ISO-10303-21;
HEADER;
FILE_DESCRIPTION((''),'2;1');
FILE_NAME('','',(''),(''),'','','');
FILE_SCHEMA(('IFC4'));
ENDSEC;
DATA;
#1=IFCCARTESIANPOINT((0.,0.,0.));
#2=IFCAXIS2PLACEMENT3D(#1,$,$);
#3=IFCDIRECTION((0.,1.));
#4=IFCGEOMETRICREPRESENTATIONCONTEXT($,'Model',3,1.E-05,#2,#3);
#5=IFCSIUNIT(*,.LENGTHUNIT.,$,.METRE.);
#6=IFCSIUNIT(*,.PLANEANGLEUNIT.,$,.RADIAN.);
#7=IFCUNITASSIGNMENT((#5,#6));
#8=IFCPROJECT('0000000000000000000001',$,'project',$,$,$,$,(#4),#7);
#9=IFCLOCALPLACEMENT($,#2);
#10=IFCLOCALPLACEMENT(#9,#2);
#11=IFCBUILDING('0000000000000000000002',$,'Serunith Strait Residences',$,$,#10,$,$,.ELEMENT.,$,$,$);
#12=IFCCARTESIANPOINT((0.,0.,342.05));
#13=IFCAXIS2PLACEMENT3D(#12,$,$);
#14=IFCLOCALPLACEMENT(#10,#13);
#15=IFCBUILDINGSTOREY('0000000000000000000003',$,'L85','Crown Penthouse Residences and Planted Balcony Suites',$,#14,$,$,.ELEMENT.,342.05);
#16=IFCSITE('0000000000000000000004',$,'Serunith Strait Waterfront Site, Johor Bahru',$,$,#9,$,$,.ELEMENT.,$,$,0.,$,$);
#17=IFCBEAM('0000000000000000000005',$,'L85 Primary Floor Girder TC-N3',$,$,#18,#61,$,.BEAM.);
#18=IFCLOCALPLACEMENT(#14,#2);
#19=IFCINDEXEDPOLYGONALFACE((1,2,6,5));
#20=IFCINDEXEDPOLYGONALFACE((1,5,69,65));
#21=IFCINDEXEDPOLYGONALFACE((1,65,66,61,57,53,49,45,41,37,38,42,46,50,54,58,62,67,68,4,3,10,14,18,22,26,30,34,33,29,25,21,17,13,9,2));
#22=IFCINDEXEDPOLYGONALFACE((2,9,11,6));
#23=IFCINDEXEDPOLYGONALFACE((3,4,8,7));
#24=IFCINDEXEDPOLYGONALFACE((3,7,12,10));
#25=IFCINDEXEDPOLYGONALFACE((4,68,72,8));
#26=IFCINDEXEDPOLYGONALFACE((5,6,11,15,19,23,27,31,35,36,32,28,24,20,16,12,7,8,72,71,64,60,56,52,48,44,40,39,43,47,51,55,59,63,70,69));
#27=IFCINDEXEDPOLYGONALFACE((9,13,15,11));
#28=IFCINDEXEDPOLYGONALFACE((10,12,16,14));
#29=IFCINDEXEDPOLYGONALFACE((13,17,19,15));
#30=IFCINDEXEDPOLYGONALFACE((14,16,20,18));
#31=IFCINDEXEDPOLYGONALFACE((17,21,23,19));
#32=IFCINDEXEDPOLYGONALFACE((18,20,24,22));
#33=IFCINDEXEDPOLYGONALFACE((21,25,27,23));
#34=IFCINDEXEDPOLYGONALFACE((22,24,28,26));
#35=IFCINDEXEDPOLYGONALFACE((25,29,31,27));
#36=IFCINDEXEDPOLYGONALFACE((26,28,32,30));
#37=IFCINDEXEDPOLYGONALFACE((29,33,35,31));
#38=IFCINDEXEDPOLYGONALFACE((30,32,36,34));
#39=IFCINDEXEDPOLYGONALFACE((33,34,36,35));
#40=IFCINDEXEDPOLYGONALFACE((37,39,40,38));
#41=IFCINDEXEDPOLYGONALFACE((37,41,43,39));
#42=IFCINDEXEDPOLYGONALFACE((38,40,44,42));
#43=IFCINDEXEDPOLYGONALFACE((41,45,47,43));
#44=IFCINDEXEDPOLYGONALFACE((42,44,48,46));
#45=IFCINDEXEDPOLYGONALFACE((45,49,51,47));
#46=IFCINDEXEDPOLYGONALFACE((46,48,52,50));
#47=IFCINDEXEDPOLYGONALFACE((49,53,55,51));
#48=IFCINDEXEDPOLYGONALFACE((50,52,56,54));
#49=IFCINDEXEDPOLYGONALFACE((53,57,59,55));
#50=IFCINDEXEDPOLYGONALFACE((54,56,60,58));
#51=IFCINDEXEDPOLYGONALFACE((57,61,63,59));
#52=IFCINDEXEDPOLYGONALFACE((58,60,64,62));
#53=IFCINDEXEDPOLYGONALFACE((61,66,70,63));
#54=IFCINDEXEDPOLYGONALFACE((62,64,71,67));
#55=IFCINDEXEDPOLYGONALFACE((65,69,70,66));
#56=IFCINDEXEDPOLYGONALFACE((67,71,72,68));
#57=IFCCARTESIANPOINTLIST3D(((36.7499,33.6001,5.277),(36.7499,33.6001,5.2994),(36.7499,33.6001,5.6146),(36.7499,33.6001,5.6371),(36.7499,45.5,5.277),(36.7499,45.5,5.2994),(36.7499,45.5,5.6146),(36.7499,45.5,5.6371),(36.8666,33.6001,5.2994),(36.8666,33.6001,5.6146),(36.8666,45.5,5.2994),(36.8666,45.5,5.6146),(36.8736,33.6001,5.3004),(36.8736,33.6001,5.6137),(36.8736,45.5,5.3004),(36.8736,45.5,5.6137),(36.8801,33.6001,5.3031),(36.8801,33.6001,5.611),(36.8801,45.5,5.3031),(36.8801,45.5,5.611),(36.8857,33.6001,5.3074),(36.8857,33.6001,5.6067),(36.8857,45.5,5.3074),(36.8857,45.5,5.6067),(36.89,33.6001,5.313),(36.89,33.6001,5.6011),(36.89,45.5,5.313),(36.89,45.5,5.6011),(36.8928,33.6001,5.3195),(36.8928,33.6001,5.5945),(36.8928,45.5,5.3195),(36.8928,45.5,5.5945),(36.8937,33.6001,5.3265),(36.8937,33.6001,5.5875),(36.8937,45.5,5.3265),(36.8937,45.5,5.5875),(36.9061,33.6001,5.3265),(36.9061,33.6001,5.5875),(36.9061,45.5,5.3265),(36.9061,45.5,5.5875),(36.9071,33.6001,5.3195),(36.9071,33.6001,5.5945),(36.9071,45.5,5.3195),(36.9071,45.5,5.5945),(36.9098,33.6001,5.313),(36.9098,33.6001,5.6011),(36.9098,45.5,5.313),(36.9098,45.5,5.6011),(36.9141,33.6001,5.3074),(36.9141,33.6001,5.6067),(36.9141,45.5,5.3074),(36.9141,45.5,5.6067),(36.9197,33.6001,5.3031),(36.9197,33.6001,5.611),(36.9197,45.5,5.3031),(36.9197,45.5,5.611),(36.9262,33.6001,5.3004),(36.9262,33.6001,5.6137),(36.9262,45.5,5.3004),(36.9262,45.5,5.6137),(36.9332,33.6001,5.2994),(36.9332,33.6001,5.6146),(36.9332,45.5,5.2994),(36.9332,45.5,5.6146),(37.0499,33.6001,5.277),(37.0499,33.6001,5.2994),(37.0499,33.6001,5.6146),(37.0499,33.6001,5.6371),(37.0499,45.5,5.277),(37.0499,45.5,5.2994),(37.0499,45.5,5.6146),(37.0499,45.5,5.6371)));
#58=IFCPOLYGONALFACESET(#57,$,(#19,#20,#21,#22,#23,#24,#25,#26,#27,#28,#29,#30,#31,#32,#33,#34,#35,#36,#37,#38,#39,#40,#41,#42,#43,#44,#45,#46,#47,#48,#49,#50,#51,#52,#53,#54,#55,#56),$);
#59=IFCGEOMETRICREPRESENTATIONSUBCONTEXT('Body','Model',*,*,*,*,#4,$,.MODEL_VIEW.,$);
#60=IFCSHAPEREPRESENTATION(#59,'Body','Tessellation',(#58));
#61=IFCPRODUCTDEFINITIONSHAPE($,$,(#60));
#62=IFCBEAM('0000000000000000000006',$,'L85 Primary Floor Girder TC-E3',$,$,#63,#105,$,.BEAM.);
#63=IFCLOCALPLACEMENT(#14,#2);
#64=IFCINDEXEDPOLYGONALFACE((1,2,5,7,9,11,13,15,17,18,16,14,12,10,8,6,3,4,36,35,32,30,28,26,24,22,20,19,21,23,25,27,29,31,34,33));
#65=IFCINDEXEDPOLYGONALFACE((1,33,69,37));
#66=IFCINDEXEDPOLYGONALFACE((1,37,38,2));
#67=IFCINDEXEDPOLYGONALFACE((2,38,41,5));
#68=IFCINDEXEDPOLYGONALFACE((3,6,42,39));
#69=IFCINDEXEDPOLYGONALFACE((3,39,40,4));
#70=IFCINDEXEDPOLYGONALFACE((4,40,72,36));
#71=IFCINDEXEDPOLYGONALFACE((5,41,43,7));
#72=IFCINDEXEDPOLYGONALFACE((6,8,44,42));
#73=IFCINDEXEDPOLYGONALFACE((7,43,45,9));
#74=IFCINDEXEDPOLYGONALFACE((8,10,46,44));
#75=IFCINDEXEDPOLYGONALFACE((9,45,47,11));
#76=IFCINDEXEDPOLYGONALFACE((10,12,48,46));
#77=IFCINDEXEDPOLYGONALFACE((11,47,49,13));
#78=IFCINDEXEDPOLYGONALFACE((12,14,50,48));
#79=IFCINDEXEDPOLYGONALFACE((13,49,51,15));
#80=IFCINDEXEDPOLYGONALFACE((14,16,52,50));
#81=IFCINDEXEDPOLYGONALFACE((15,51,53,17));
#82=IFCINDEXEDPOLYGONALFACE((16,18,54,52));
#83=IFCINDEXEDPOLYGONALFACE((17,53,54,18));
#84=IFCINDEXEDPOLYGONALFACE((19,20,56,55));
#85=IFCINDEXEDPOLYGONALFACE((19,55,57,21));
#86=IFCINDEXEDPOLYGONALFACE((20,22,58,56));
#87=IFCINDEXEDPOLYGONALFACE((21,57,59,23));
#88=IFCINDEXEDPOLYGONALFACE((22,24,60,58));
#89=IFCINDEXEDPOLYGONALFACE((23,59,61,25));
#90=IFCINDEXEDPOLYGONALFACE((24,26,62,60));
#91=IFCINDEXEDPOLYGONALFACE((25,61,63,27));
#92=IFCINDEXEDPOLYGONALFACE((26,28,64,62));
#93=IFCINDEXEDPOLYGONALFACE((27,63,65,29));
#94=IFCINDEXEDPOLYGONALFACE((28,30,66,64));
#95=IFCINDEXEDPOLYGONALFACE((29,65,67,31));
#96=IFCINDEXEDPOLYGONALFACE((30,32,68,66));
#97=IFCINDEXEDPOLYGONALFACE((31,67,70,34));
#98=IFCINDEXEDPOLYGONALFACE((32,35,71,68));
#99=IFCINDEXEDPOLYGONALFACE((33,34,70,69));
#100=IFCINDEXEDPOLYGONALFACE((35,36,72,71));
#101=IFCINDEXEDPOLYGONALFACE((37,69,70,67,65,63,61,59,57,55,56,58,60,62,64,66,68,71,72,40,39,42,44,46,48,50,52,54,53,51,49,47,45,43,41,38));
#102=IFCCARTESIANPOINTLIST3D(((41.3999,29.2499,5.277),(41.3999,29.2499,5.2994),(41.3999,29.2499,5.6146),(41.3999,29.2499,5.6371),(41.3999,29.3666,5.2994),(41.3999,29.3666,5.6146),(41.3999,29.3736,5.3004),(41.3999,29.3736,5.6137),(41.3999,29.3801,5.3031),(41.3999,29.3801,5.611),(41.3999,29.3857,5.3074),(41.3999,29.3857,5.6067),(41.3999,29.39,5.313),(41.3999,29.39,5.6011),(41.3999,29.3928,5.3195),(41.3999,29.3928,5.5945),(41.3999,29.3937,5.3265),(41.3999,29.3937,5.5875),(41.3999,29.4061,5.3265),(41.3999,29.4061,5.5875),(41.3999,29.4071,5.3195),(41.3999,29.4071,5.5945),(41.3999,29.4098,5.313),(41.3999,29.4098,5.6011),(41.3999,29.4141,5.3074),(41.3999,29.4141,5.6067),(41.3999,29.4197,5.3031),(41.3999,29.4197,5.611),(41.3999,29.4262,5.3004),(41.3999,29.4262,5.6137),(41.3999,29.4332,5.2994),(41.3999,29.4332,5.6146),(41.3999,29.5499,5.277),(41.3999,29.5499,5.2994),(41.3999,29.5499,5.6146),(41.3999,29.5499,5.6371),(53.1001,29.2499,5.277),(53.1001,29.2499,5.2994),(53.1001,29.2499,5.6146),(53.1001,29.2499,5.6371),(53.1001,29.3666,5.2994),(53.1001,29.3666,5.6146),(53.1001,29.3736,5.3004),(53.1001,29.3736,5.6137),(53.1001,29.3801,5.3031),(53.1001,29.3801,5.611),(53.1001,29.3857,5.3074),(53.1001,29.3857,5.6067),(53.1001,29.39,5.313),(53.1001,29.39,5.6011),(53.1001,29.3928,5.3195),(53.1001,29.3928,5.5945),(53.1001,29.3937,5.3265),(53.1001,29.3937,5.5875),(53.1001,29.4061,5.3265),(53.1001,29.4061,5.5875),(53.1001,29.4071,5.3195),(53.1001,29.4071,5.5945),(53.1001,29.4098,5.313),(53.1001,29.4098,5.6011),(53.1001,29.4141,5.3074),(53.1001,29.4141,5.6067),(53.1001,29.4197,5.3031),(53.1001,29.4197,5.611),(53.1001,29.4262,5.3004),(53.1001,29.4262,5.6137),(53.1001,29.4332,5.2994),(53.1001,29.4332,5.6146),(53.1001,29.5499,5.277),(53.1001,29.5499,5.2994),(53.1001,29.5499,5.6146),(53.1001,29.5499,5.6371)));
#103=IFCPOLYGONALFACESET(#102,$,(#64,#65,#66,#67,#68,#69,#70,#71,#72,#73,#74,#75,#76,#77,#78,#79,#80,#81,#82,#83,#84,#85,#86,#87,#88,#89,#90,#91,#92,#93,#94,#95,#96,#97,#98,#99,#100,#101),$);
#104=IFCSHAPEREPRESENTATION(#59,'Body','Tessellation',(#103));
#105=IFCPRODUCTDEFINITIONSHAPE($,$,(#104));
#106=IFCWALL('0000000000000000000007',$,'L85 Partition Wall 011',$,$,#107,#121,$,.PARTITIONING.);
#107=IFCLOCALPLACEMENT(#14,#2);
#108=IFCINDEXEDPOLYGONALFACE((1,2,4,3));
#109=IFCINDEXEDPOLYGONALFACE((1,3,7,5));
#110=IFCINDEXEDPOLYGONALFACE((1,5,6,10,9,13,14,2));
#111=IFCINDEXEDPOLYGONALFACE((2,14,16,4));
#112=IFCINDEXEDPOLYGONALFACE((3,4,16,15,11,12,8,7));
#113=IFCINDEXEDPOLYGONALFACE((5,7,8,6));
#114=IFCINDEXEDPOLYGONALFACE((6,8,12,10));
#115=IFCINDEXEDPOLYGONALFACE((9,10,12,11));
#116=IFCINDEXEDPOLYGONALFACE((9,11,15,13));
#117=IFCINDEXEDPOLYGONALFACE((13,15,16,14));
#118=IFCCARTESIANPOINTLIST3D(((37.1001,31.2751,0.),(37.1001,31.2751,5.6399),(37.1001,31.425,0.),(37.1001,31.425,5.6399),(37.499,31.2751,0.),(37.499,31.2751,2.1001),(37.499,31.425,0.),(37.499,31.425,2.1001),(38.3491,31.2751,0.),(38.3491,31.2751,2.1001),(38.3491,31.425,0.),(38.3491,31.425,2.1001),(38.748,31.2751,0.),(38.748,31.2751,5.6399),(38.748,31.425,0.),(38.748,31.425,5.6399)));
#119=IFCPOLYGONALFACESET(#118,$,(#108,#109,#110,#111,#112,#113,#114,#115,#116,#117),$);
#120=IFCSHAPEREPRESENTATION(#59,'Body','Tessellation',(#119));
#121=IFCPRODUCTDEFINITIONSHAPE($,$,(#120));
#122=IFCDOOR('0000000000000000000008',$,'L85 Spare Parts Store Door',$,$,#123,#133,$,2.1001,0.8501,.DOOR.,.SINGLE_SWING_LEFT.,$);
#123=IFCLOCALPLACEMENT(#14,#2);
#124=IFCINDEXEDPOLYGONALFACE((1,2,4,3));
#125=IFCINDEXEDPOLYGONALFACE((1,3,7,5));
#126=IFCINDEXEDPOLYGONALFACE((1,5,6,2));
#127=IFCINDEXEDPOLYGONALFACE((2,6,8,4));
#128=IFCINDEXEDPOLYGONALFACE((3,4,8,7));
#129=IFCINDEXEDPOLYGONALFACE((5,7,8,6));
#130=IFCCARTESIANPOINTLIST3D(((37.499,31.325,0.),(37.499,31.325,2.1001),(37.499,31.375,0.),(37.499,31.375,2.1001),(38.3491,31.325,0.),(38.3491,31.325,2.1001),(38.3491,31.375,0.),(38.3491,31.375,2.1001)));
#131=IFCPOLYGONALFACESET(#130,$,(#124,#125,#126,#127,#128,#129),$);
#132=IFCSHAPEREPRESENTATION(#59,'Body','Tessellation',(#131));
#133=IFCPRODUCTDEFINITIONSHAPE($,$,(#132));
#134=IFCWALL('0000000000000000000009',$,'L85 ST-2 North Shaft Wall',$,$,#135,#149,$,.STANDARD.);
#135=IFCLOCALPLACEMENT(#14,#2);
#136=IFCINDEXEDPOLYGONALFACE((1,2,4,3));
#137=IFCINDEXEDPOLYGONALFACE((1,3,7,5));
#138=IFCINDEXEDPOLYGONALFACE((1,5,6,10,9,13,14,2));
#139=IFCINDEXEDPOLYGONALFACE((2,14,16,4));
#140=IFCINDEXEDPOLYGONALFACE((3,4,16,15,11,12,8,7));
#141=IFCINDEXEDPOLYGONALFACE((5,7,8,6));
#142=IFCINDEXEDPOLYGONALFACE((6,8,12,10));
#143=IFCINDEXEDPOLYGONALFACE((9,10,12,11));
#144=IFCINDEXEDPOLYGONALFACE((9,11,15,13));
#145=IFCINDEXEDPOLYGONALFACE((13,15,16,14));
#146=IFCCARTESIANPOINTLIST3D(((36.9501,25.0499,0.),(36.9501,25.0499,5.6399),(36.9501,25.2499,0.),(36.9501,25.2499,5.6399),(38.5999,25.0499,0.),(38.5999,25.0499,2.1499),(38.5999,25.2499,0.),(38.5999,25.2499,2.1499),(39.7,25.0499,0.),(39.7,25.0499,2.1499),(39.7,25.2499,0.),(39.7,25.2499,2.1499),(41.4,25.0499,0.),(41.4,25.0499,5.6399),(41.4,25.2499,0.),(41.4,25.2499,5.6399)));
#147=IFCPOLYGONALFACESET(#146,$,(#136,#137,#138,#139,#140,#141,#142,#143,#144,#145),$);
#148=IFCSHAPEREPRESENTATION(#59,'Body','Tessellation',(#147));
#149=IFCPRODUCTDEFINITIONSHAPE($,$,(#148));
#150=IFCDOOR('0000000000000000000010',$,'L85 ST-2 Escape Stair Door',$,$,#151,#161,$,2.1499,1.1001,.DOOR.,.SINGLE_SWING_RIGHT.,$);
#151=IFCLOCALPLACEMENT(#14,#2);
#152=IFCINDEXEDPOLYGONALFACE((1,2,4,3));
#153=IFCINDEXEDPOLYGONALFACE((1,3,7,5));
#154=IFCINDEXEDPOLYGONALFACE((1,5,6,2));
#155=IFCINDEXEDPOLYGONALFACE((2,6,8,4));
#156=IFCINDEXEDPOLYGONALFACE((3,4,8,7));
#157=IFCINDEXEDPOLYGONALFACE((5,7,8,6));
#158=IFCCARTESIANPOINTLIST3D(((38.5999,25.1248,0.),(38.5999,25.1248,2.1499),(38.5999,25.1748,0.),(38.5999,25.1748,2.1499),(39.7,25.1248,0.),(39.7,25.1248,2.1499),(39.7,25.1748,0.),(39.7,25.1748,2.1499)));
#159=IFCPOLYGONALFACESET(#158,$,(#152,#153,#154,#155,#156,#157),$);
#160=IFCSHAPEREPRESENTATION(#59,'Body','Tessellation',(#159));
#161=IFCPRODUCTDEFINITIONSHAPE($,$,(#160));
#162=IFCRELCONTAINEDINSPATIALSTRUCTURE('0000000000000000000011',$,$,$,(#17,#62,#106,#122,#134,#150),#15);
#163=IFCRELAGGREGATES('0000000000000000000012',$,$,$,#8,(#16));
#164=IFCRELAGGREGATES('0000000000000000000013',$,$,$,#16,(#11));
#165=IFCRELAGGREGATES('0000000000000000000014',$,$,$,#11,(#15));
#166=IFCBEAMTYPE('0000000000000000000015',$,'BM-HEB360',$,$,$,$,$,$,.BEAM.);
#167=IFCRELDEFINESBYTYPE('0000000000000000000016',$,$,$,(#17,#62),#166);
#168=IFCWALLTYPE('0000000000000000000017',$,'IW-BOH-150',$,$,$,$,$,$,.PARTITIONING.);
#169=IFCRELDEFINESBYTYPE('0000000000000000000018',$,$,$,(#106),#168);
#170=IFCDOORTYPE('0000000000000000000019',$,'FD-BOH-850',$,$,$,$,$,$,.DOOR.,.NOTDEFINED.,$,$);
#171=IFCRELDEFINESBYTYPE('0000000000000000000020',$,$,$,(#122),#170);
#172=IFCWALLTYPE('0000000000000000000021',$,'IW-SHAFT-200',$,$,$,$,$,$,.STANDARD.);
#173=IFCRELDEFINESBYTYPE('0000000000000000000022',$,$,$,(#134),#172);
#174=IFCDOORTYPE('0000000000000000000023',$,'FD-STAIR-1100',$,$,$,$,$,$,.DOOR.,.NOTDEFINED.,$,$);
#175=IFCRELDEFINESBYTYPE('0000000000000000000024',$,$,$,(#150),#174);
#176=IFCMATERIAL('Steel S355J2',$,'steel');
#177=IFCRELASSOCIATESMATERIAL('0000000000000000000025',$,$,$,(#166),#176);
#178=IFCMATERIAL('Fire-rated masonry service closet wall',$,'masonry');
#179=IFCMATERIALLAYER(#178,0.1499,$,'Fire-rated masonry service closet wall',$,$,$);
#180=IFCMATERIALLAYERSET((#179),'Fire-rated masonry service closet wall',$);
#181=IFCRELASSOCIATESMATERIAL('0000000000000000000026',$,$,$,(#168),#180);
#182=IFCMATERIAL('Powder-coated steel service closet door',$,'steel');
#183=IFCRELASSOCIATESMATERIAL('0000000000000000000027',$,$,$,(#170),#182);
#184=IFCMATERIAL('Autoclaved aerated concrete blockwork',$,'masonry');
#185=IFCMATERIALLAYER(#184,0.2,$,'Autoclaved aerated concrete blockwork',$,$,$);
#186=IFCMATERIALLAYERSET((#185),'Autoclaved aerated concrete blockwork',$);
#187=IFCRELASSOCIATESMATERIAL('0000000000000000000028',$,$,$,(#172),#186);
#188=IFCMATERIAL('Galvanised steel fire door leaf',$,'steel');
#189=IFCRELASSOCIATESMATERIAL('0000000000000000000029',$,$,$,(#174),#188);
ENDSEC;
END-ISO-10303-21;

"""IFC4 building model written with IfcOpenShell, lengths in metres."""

from ifc_helpers import new_model, si_unit, direction, frame, frame_2d, origin, origin_2d, place, context, subcontext, project, spatial, rectangle, i_section, extrude, source, transform, mapped, material, layer, layer_set, material_profile, profile_set, type_object, element, fill, save


model = new_model("IFC4")

# Units and contexts
model_context = context("Model", 3, precision=1e-05, world=origin(), true_north=direction((0.0, 1.0)))
body_context = subcontext(model_context, "Body", "Model", "MODEL_VIEW")
ifc_project = project(units=[si_unit("LENGTHUNIT", "METRE"), si_unit("PLANEANGLEUNIT", "RADIAN")], contexts=[model_context])

# Site, building, storey
site_placement = place(None, origin())
site = spatial("IfcSite", under=ifc_project, at=site_placement, Name="Serunith Strait Waterfront Site, Johor Bahru", CompositionType="ELEMENT", RefElevation=0.0)
building_placement = place(site_placement, origin())
building = spatial("IfcBuilding", under=site, at=building_placement, Name="Serunith Strait Residences", CompositionType="ELEMENT")
storey_placement = place(building_placement, frame((0.0, 0.0, 342.05)))
storey = spatial("IfcBuildingStorey", under=building, at=storey_placement, Name="L85", Description="Crown Penthouse Residences and Planted Balcony Suites", CompositionType="ELEMENT", Elevation=342.05)

# Beams
ifc_material_1 = material(Name="Steel S355J2", Category="steel")
ifc_material_profile = material_profile(ifc_material_1, i_section(OverallWidth=0.3, OverallDepth=0.3601, WebThickness=0.0125, FlangeThickness=0.0225, FilletRadius=0.0271, at=origin_2d()), Name="HEB 360")
ifc_profile_set = profile_set([ifc_material_profile], Name="Steel S355J2")
beam_type = type_object("IfcBeamType", Name="BM-HEB360", PredefinedType="BEAM", material=ifc_profile_set)
shared_shape_1 = source(origin(), body_context, "Body", "SweptSolid", [
    extrude(i_section(OverallWidth=0.3, OverallDepth=0.3601, WebThickness=0.0125, FlangeThickness=0.0225, FilletRadius=0.0271, at=origin_2d()), origin(), (0.0, 0.0, 1.0), 11.8999),
])
beam_1_placement = place(storey_placement, frame((36.8999, 33.6001, 5.457), z_axis=(0.0, 1.0, 0.0), x_axis=(-1.0, 0.0, 0.0)))
element("IfcBeam", 1, at=beam_1_placement, inside=storey, type_object=beam_type, Name="L85 Primary Floor Girder TC-N3", PredefinedType="BEAM", context=body_context, shape_type="MappedRepresentation", body=[
    mapped(shared_shape_1, transform((0.0, 0.0, 0.0), scale=1.0)),
])
shared_shape_2 = source(origin(), body_context, "Body", "SweptSolid", [
    extrude(i_section(OverallWidth=0.3, OverallDepth=0.3601, WebThickness=0.0125, FlangeThickness=0.0225, FilletRadius=0.0271, at=origin_2d()), origin(), (0.0, 0.0, 1.0), 11.7002),
])
beam_2_placement = place(storey_placement, frame((41.3999, 29.3999, 5.457), z_axis=(1.0, 0.0, 0.0), x_axis=(0.0, 1.0, 0.0)))
element("IfcBeam", 2, at=beam_2_placement, inside=storey, type_object=beam_type, Name="L85 Primary Floor Girder TC-E3", PredefinedType="BEAM", context=body_context, shape_type="MappedRepresentation", body=[
    mapped(shared_shape_2, transform((0.0, 0.0, 0.0), scale=1.0)),
])

# Walls, openings, doors
ifc_material_2 = material(Name="Fire-rated masonry service closet wall", Category="masonry")
ifc_layer_1 = layer(ifc_material_2, 0.1499, Name="Fire-rated masonry service closet wall")
ifc_layer_set_1 = layer_set([ifc_layer_1], Name="Fire-rated masonry service closet wall")
wall_type_1 = type_object("IfcWallType", Name="IW-BOH-150", PredefinedType="PARTITIONING", material=ifc_layer_set_1)
wall_1_placement = place(storey_placement, frame((37.1001, 31.3501, 0.0), z_axis=(0.0, 0.0, 1.0), x_axis=(1.0, 0.0, 0.0)))
wall_1 = element("IfcWall", 3, at=wall_1_placement, inside=storey, type_object=wall_type_1, Name="L85 Partition Wall 011", PredefinedType="PARTITIONING", context=body_context, shape_type="SweptSolid", body=[
    extrude(rectangle(XDim=1.6479, YDim=0.1499, at=frame_2d((0.824, 0.0))), origin(), (0.0, 0.0, 1.0), 5.6399),
])
opening_1_placement = place(wall_1_placement, frame((0.3989, 0.0, 0.0)))
opening_1 = element("IfcOpeningElement", 4, at=opening_1_placement, cuts=wall_1, PredefinedType="OPENING", context=body_context, shape_type="SweptSolid", body=[
    extrude(rectangle(XDim=0.8501, YDim=2.1001, at=frame_2d((0.425, 1.05))), frame((0.0, 0.085, 0.0), z_axis=(0.0, -1.0, 0.0), x_axis=(1.0, 0.0, 0.0)), (0.0, 0.0, 1.0), 0.1699),
])
ifc_material_3 = material(Name="Powder-coated steel service closet door", Category="steel")
door_type_1 = type_object("IfcDoorType", Name="FD-BOH-850", OperationType="NOTDEFINED", PredefinedType="DOOR", material=ifc_material_3)
shared_shape_3 = source(origin(), body_context, "Body", "SweptSolid", [
    extrude(rectangle(XDim=0.8501, YDim=2.1001, at=frame_2d((0.425, 1.05))), frame((0.0, 0.0249, 0.0), z_axis=(0.0, -1.0, 0.0), x_axis=(1.0, 0.0, 0.0)), (0.0, 0.0, 1.0), 0.05),
])
door_1_placement = place(opening_1_placement, origin())
door_1 = element("IfcDoor", 5, at=door_1_placement, inside=storey, type_object=door_type_1, Name="L85 Spare Parts Store Door", OperationType="SINGLE_SWING_LEFT", OverallHeight=2.1001, OverallWidth=0.8501, PredefinedType="DOOR", context=body_context, shape_type="MappedRepresentation", body=[
    mapped(shared_shape_3, transform((0.0, 0.0, 0.0), scale=1.0)),
])
fill(opening_1, door_1)
ifc_material_4 = material(Name="Autoclaved aerated concrete blockwork", Category="masonry")
ifc_layer_2 = layer(ifc_material_4, 0.2, Name="Autoclaved aerated concrete blockwork")
ifc_layer_set_2 = layer_set([ifc_layer_2], Name="Autoclaved aerated concrete blockwork")
wall_type_2 = type_object("IfcWallType", Name="IW-SHAFT-200", PredefinedType="STANDARD", material=ifc_layer_set_2)
wall_2_placement = place(storey_placement, frame((36.95, 25.1499, 0.0), z_axis=(0.0, 0.0, 1.0), x_axis=(1.0, 0.0, 0.0)))
wall_2 = element("IfcWall", 6, at=wall_2_placement, inside=storey, type_object=wall_type_2, Name="L85 ST-2 North Shaft Wall", PredefinedType="STANDARD", context=body_context, shape_type="SweptSolid", body=[
    extrude(rectangle(XDim=4.45, YDim=0.2, at=frame_2d((2.2251, 0.0))), origin(), (0.0, 0.0, 1.0), 5.6399),
])
opening_2_placement = place(wall_2_placement, frame((1.6499, 0.0, 0.0)))
opening_2 = element("IfcOpeningElement", 7, at=opening_2_placement, cuts=wall_2, PredefinedType="OPENING", context=body_context, shape_type="SweptSolid", body=[
    extrude(rectangle(XDim=1.1001, YDim=2.1499, at=frame_2d((0.55, 1.075))), frame((0.0, 0.1099, 0.0), z_axis=(0.0, -1.0, 0.0), x_axis=(1.0, 0.0, 0.0)), (0.0, 0.0, 1.0), 0.22),
])
ifc_material_5 = material(Name="Galvanised steel fire door leaf", Category="steel")
door_type_2 = type_object("IfcDoorType", Name="FD-STAIR-1100", OperationType="NOTDEFINED", PredefinedType="DOOR", material=ifc_material_5)
shared_shape_4 = source(origin(), body_context, "Body", "SweptSolid", [
    extrude(rectangle(XDim=1.1001, YDim=2.1499, at=frame_2d((0.55, 1.075))), frame((0.0, 0.0249, 0.0), z_axis=(0.0, -1.0, 0.0), x_axis=(1.0, 0.0, 0.0)), (0.0, 0.0, 1.0), 0.05),
])
door_2_placement = place(opening_2_placement, origin())
door_2 = element("IfcDoor", 8, at=door_2_placement, inside=storey, type_object=door_type_2, Name="L85 ST-2 Escape Stair Door", OperationType="SINGLE_SWING_RIGHT", OverallHeight=2.1499, OverallWidth=1.1001, PredefinedType="DOOR", context=body_context, shape_type="MappedRepresentation", body=[
    mapped(shared_shape_4, transform((0.0, 0.0, 0.0), scale=1.0)),
])
fill(opening_2, door_2)

save(model, "model.ifc")
